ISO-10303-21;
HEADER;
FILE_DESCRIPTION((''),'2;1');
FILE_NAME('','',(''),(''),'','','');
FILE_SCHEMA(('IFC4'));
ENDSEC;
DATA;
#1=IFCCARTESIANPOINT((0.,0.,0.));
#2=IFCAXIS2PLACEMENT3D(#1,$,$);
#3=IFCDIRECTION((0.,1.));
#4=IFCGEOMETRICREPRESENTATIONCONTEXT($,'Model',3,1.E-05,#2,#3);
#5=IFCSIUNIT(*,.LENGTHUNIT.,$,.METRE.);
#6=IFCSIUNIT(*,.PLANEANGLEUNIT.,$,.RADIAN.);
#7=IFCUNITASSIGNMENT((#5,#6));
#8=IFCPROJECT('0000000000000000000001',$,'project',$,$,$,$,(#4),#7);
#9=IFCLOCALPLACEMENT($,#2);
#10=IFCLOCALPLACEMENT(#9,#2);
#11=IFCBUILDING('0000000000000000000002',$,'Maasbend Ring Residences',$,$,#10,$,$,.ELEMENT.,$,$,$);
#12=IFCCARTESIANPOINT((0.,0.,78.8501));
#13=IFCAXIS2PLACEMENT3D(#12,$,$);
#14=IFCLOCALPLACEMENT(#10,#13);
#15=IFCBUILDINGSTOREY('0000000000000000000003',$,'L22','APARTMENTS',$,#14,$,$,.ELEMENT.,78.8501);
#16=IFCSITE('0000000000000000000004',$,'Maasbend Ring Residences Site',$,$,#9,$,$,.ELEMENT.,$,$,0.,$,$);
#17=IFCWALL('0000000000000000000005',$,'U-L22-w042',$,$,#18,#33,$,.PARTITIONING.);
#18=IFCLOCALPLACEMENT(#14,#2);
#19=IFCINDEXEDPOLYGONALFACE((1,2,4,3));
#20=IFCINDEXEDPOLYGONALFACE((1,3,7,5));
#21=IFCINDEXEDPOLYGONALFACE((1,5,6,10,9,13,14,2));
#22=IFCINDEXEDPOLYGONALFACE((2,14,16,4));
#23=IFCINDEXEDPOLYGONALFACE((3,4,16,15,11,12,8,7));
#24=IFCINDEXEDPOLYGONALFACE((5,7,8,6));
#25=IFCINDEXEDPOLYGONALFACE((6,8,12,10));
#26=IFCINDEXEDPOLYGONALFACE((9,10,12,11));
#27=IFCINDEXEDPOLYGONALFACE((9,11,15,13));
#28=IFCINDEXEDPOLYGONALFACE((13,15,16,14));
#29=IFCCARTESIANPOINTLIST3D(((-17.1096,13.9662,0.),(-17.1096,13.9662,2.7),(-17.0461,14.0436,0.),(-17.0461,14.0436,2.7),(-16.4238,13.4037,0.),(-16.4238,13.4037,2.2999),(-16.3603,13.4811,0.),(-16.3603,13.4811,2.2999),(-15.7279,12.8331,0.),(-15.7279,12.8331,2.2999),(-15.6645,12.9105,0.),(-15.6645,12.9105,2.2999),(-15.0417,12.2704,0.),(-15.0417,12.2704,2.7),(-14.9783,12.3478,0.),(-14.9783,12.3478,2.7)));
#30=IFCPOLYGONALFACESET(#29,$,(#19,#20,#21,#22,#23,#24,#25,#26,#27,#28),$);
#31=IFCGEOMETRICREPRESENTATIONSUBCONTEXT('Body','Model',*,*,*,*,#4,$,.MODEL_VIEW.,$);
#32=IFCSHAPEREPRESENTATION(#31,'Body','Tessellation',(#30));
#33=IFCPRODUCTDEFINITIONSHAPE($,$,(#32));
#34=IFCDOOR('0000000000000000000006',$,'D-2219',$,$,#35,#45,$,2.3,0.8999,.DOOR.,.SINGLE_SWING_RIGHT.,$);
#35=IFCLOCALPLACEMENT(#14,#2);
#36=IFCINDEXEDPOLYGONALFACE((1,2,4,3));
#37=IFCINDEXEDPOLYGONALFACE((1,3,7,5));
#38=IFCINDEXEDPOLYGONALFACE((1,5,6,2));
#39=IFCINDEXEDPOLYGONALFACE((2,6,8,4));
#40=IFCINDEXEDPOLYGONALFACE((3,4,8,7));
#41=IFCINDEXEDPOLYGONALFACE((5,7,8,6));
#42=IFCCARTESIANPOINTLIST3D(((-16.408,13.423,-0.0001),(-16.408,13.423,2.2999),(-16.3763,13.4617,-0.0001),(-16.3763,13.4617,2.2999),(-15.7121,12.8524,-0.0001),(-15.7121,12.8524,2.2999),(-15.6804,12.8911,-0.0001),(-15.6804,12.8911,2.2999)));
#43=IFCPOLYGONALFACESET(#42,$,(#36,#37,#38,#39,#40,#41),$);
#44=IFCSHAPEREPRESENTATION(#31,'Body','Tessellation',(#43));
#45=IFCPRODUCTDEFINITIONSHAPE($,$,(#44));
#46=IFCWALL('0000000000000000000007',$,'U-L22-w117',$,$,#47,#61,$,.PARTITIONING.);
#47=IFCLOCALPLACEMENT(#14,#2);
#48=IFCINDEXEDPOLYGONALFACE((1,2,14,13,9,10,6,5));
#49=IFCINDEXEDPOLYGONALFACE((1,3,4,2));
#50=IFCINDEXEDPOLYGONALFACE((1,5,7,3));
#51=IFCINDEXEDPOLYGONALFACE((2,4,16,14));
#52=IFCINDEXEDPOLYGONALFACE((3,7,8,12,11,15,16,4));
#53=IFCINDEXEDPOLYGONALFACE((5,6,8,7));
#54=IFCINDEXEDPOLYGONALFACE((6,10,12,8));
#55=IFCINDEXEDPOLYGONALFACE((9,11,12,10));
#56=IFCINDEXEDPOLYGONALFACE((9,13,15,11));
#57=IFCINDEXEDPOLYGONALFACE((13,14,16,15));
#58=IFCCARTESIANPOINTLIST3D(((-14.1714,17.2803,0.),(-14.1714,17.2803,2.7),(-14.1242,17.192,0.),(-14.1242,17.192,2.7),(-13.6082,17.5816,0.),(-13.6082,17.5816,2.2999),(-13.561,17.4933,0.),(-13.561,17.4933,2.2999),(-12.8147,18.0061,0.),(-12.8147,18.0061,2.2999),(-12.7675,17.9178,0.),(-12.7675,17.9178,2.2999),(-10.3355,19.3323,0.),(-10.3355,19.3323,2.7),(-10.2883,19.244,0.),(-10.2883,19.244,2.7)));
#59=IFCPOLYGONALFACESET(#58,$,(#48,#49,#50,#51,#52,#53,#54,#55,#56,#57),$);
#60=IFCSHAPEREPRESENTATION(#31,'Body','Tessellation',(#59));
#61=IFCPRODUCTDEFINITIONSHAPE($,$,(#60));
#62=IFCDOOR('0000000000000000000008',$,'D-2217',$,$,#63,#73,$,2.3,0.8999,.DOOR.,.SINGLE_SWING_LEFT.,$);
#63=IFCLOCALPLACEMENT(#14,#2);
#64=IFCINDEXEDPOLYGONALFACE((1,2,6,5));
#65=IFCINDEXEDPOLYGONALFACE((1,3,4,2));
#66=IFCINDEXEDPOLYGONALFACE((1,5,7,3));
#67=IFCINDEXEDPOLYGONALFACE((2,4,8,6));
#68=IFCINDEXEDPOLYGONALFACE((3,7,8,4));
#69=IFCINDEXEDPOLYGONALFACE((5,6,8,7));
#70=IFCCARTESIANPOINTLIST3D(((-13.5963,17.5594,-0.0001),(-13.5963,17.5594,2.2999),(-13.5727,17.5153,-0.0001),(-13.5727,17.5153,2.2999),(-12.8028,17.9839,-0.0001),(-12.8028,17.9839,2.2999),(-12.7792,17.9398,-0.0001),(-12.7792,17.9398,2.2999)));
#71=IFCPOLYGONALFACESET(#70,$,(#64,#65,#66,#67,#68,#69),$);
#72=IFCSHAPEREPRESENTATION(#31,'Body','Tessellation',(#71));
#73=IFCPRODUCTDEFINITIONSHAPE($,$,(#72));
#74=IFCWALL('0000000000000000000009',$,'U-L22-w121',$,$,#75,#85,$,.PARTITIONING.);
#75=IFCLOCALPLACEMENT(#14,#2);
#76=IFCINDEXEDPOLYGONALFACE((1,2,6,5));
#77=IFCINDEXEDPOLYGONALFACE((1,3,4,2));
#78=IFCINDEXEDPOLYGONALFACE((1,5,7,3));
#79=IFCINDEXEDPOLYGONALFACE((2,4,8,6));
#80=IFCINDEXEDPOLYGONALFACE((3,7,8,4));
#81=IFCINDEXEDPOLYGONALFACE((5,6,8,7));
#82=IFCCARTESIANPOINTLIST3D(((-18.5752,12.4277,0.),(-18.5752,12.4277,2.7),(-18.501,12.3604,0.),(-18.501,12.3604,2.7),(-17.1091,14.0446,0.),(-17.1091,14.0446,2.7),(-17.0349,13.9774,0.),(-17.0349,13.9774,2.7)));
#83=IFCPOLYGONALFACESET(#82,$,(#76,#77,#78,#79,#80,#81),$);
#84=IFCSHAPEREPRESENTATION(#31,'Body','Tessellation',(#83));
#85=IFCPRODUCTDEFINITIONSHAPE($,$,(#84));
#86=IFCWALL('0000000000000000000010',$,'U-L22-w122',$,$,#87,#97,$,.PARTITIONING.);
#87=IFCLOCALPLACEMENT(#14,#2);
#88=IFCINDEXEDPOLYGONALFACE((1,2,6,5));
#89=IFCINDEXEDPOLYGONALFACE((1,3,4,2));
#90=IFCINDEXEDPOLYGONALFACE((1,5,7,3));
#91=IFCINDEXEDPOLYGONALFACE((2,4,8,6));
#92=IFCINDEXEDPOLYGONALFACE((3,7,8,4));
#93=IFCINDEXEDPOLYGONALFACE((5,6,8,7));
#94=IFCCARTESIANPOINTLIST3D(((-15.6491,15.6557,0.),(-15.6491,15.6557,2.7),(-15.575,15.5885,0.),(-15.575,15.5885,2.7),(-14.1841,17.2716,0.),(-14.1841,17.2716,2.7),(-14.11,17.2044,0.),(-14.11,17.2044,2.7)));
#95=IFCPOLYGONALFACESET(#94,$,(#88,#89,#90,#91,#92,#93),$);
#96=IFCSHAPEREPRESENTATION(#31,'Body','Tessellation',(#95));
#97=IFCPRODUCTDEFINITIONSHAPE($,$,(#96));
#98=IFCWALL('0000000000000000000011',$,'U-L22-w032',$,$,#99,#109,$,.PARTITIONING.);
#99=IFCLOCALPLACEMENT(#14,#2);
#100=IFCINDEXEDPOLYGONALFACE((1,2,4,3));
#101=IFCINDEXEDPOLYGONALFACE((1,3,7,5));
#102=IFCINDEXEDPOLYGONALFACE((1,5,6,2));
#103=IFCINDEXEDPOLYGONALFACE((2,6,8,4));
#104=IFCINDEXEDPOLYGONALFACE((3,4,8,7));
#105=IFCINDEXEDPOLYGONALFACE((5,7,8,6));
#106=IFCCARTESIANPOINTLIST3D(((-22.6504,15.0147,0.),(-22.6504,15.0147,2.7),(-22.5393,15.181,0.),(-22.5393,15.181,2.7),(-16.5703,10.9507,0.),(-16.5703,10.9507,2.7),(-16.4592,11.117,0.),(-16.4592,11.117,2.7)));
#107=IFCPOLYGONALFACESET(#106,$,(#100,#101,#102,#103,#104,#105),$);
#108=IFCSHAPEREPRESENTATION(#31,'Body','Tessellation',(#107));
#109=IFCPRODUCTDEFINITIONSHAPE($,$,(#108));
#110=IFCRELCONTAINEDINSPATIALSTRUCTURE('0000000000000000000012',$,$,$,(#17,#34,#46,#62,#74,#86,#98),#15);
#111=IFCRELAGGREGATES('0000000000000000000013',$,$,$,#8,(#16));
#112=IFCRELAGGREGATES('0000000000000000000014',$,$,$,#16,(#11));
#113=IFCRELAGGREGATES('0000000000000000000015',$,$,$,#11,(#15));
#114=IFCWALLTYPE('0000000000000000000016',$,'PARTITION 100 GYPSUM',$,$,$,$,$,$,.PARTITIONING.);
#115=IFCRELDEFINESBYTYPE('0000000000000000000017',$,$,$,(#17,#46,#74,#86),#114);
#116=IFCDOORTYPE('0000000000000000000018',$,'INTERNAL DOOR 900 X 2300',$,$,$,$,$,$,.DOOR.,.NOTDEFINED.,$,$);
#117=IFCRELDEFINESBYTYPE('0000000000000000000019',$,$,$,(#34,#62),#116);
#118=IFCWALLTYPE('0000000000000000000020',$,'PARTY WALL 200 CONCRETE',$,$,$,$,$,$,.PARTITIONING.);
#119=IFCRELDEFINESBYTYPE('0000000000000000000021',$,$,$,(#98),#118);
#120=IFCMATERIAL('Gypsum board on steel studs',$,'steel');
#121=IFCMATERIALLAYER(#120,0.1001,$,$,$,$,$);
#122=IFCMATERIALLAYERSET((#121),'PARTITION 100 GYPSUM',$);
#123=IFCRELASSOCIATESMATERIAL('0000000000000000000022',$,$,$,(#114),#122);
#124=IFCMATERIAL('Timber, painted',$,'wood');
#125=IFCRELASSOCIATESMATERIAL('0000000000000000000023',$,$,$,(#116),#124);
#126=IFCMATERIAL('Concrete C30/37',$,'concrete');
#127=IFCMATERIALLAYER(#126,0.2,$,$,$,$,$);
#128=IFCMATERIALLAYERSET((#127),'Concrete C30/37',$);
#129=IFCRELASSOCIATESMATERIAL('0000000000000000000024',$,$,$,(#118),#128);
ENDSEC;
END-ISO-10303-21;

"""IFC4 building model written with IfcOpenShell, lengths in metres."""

from ifc_helpers import new_model, si_unit, direction, frame, frame_2d, origin, place, context, subcontext, project, spatial, rectangle, extrude, material, layer, layer_set, type_object, element, fill, save


model = new_model("IFC4")

# Units and contexts
model_context = context("Model", 3, precision=1e-05, world=origin(), true_north=direction((0.0, 1.0)))
body_context = subcontext(model_context, "Body", "Model", "MODEL_VIEW")
ifc_project = project(units=[si_unit("LENGTHUNIT", "METRE"), si_unit("PLANEANGLEUNIT", "RADIAN")], contexts=[model_context])

# Site, building, storey
site_placement = place(None, origin())
site = spatial("IfcSite", under=ifc_project, at=site_placement, Name="Maasbend Ring Residences Site", CompositionType="ELEMENT", RefElevation=0.0)
building_placement = place(site_placement, origin())
building = spatial("IfcBuilding", under=site, at=building_placement, Name="Maasbend Ring Residences", CompositionType="ELEMENT")
storey_placement = place(building_placement, frame((0.0, 0.0, 78.8501)))
storey = spatial("IfcBuildingStorey", under=building, at=storey_placement, Name="L22", Description="APARTMENTS", CompositionType="ELEMENT", Elevation=78.8501)

# Walls, openings, doors
ifc_material_1 = material(Name="Gypsum board on steel studs", Category="steel")
ifc_layer_1 = layer(ifc_material_1, 0.1001)
ifc_layer_set_1 = layer_set([ifc_layer_1], Name="PARTITION 100 GYPSUM")
wall_type_1 = type_object("IfcWallType", Name="PARTITION 100 GYPSUM", PredefinedType="PARTITIONING", material=ifc_layer_set_1)
ifc_material_2 = material(Name="Timber, painted", Category="wood")
door_type_1 = type_object("IfcDoorType", Name="INTERNAL DOOR 900 X 2300", OperationType="NOTDEFINED", PredefinedType="DOOR", material=ifc_material_2)
wall_1_placement = place(storey_placement, frame((-17.0779, 14.0049, 0.0), z_axis=(0.0, 0.0, 1.0), x_axis=(0.773241, -0.634112, 0.0)))
wall_1 = element("IfcWall", 1, at=wall_1_placement, inside=storey, type_object=wall_type_1, Name="U-L22-w042", PredefinedType="PARTITIONING", context=body_context, shape_type="SweptSolid", body=[
    extrude(rectangle(XDim=2.6743, YDim=0.1001, at=frame_2d((1.3372, 0.0))), origin(), (0.0, 0.0, 1.0), 2.7),
])
opening_1_placement = place(wall_1_placement, frame((0.887, 0.0, 0.0)))
opening_1 = element("IfcOpeningElement", 2, at=opening_1_placement, cuts=wall_1, PredefinedType="OPENING", context=body_context, shape_type="SweptSolid", body=[
    extrude(rectangle(XDim=0.8999, YDim=2.3, at=frame_2d((0.45, 1.1499))), frame((0.0, 0.0601, 0.0), z_axis=(0.0, -1.0, 0.0), x_axis=(1.0, 0.0, 0.0)), (0.0, 0.0, 1.0), 0.1201),
])
door_1_placement = place(opening_1_placement, origin())
door_1 = element("IfcDoor", 3, at=door_1_placement, inside=storey, type_object=door_type_1, Name="D-2219", OperationType="SINGLE_SWING_RIGHT", OverallHeight=2.3, OverallWidth=0.8999, PredefinedType="DOOR", context=body_context, shape_type="SweptSolid", body=[
    extrude(rectangle(XDim=0.8999, YDim=2.3, at=frame_2d((0.45, 1.1499))), frame((0.0, 0.0249, 0.0), z_axis=(0.0, -1.0, 0.0), x_axis=(1.0, 0.0, 0.0)), (0.0, 0.0, 1.0), 0.05),
])
fill(opening_1, door_1)
wall_2_placement = place(storey_placement, frame((-14.1479, 17.2361, 0.0), z_axis=(0.0, 0.0, 1.0), x_axis=(0.881763, 0.471692, 0.0)))
wall_2 = element("IfcWall", 4, at=wall_2_placement, inside=storey, type_object=wall_type_1, Name="U-L22-w117", PredefinedType="PARTITIONING", context=body_context, shape_type="SweptSolid", body=[
    extrude(rectangle(XDim=4.3503, YDim=0.1001, at=frame_2d((2.1753, 0.0))), origin(), (0.0, 0.0, 1.0), 2.7),
])
opening_2_placement = place(wall_2_placement, frame((0.6389, 0.0, 0.0)))
opening_2 = element("IfcOpeningElement", 5, at=opening_2_placement, cuts=wall_2, PredefinedType="OPENING", context=body_context, shape_type="SweptSolid", body=[
    extrude(rectangle(XDim=0.8999, YDim=2.3, at=frame_2d((0.45, 1.1499))), frame((0.0, 0.0601, 0.0), z_axis=(0.0, -1.0, 0.0), x_axis=(1.0, 0.0, 0.0)), (0.0, 0.0, 1.0), 0.1201),
])
door_2_placement = place(opening_2_placement, origin())
door_2 = element("IfcDoor", 6, at=door_2_placement, inside=storey, type_object=door_type_1, Name="D-2217", OperationType="SINGLE_SWING_LEFT", OverallHeight=2.3, OverallWidth=0.8999, PredefinedType="DOOR", context=body_context, shape_type="SweptSolid", body=[
    extrude(rectangle(XDim=0.8999, YDim=2.3, at=frame_2d((0.45, 1.1499))), frame((0.0, 0.0249, 0.0), z_axis=(0.0, -1.0, 0.0), x_axis=(1.0, 0.0, 0.0)), (0.0, 0.0, 1.0), 0.05),
])
fill(opening_2, door_2)

# Walls
wall_3_placement = place(storey_placement, frame((-18.5381, 12.394, 0.0), z_axis=(0.0, 0.0, 1.0), x_axis=(0.671698, 0.740825, 0.0)))
element("IfcWall", 7, at=wall_3_placement, inside=storey, type_object=wall_type_1, Name="U-L22-w121", PredefinedType="PARTITIONING", context=body_context, shape_type="SweptSolid", body=[
    extrude(rectangle(XDim=2.1826, YDim=0.1001, at=frame_2d((1.0913, 0.0))), origin(), (0.0, 0.0, 1.0), 2.7),
])
wall_4_placement = place(storey_placement, frame((-15.6121, 15.6221, 0.0), z_axis=(0.0, 0.0, 1.0), x_axis=(0.671675, 0.740846, 0.0)))
element("IfcWall", 8, at=wall_4_placement, inside=storey, type_object=wall_type_1, Name="U-L22-w122", PredefinedType="PARTITIONING", context=body_context, shape_type="SweptSolid", body=[
    extrude(rectangle(XDim=2.1812, YDim=0.1001, at=frame_2d((1.0906, 0.0))), origin(), (0.0, 0.0, 1.0), 2.7),
])
ifc_material_3 = material(Name="Concrete C30/37", Category="concrete")
ifc_layer_2 = layer(ifc_material_3, 0.2)
ifc_layer_set_2 = layer_set([ifc_layer_2], Name="Concrete C30/37")
wall_type_2 = type_object("IfcWallType", Name="PARTY WALL 200 CONCRETE", PredefinedType="PARTITIONING", material=ifc_layer_set_2)
wall_5_placement = place(storey_placement, frame((-22.595, 15.0979, 0.0), z_axis=(0.0, 0.0, 1.0), x_axis=(0.831382, -0.555701, 0.0)))
element("IfcWall", 9, at=wall_5_placement, inside=storey, type_object=wall_type_2, Name="U-L22-w032", PredefinedType="PARTITIONING", context=body_context, shape_type="SweptSolid", body=[
    extrude(rectangle(XDim=7.3132, YDim=0.2, at=frame_2d((3.6567, 0.0))), origin(), (0.0, 0.0, 1.0), 2.7),
])

save(model, "model.ifc")
